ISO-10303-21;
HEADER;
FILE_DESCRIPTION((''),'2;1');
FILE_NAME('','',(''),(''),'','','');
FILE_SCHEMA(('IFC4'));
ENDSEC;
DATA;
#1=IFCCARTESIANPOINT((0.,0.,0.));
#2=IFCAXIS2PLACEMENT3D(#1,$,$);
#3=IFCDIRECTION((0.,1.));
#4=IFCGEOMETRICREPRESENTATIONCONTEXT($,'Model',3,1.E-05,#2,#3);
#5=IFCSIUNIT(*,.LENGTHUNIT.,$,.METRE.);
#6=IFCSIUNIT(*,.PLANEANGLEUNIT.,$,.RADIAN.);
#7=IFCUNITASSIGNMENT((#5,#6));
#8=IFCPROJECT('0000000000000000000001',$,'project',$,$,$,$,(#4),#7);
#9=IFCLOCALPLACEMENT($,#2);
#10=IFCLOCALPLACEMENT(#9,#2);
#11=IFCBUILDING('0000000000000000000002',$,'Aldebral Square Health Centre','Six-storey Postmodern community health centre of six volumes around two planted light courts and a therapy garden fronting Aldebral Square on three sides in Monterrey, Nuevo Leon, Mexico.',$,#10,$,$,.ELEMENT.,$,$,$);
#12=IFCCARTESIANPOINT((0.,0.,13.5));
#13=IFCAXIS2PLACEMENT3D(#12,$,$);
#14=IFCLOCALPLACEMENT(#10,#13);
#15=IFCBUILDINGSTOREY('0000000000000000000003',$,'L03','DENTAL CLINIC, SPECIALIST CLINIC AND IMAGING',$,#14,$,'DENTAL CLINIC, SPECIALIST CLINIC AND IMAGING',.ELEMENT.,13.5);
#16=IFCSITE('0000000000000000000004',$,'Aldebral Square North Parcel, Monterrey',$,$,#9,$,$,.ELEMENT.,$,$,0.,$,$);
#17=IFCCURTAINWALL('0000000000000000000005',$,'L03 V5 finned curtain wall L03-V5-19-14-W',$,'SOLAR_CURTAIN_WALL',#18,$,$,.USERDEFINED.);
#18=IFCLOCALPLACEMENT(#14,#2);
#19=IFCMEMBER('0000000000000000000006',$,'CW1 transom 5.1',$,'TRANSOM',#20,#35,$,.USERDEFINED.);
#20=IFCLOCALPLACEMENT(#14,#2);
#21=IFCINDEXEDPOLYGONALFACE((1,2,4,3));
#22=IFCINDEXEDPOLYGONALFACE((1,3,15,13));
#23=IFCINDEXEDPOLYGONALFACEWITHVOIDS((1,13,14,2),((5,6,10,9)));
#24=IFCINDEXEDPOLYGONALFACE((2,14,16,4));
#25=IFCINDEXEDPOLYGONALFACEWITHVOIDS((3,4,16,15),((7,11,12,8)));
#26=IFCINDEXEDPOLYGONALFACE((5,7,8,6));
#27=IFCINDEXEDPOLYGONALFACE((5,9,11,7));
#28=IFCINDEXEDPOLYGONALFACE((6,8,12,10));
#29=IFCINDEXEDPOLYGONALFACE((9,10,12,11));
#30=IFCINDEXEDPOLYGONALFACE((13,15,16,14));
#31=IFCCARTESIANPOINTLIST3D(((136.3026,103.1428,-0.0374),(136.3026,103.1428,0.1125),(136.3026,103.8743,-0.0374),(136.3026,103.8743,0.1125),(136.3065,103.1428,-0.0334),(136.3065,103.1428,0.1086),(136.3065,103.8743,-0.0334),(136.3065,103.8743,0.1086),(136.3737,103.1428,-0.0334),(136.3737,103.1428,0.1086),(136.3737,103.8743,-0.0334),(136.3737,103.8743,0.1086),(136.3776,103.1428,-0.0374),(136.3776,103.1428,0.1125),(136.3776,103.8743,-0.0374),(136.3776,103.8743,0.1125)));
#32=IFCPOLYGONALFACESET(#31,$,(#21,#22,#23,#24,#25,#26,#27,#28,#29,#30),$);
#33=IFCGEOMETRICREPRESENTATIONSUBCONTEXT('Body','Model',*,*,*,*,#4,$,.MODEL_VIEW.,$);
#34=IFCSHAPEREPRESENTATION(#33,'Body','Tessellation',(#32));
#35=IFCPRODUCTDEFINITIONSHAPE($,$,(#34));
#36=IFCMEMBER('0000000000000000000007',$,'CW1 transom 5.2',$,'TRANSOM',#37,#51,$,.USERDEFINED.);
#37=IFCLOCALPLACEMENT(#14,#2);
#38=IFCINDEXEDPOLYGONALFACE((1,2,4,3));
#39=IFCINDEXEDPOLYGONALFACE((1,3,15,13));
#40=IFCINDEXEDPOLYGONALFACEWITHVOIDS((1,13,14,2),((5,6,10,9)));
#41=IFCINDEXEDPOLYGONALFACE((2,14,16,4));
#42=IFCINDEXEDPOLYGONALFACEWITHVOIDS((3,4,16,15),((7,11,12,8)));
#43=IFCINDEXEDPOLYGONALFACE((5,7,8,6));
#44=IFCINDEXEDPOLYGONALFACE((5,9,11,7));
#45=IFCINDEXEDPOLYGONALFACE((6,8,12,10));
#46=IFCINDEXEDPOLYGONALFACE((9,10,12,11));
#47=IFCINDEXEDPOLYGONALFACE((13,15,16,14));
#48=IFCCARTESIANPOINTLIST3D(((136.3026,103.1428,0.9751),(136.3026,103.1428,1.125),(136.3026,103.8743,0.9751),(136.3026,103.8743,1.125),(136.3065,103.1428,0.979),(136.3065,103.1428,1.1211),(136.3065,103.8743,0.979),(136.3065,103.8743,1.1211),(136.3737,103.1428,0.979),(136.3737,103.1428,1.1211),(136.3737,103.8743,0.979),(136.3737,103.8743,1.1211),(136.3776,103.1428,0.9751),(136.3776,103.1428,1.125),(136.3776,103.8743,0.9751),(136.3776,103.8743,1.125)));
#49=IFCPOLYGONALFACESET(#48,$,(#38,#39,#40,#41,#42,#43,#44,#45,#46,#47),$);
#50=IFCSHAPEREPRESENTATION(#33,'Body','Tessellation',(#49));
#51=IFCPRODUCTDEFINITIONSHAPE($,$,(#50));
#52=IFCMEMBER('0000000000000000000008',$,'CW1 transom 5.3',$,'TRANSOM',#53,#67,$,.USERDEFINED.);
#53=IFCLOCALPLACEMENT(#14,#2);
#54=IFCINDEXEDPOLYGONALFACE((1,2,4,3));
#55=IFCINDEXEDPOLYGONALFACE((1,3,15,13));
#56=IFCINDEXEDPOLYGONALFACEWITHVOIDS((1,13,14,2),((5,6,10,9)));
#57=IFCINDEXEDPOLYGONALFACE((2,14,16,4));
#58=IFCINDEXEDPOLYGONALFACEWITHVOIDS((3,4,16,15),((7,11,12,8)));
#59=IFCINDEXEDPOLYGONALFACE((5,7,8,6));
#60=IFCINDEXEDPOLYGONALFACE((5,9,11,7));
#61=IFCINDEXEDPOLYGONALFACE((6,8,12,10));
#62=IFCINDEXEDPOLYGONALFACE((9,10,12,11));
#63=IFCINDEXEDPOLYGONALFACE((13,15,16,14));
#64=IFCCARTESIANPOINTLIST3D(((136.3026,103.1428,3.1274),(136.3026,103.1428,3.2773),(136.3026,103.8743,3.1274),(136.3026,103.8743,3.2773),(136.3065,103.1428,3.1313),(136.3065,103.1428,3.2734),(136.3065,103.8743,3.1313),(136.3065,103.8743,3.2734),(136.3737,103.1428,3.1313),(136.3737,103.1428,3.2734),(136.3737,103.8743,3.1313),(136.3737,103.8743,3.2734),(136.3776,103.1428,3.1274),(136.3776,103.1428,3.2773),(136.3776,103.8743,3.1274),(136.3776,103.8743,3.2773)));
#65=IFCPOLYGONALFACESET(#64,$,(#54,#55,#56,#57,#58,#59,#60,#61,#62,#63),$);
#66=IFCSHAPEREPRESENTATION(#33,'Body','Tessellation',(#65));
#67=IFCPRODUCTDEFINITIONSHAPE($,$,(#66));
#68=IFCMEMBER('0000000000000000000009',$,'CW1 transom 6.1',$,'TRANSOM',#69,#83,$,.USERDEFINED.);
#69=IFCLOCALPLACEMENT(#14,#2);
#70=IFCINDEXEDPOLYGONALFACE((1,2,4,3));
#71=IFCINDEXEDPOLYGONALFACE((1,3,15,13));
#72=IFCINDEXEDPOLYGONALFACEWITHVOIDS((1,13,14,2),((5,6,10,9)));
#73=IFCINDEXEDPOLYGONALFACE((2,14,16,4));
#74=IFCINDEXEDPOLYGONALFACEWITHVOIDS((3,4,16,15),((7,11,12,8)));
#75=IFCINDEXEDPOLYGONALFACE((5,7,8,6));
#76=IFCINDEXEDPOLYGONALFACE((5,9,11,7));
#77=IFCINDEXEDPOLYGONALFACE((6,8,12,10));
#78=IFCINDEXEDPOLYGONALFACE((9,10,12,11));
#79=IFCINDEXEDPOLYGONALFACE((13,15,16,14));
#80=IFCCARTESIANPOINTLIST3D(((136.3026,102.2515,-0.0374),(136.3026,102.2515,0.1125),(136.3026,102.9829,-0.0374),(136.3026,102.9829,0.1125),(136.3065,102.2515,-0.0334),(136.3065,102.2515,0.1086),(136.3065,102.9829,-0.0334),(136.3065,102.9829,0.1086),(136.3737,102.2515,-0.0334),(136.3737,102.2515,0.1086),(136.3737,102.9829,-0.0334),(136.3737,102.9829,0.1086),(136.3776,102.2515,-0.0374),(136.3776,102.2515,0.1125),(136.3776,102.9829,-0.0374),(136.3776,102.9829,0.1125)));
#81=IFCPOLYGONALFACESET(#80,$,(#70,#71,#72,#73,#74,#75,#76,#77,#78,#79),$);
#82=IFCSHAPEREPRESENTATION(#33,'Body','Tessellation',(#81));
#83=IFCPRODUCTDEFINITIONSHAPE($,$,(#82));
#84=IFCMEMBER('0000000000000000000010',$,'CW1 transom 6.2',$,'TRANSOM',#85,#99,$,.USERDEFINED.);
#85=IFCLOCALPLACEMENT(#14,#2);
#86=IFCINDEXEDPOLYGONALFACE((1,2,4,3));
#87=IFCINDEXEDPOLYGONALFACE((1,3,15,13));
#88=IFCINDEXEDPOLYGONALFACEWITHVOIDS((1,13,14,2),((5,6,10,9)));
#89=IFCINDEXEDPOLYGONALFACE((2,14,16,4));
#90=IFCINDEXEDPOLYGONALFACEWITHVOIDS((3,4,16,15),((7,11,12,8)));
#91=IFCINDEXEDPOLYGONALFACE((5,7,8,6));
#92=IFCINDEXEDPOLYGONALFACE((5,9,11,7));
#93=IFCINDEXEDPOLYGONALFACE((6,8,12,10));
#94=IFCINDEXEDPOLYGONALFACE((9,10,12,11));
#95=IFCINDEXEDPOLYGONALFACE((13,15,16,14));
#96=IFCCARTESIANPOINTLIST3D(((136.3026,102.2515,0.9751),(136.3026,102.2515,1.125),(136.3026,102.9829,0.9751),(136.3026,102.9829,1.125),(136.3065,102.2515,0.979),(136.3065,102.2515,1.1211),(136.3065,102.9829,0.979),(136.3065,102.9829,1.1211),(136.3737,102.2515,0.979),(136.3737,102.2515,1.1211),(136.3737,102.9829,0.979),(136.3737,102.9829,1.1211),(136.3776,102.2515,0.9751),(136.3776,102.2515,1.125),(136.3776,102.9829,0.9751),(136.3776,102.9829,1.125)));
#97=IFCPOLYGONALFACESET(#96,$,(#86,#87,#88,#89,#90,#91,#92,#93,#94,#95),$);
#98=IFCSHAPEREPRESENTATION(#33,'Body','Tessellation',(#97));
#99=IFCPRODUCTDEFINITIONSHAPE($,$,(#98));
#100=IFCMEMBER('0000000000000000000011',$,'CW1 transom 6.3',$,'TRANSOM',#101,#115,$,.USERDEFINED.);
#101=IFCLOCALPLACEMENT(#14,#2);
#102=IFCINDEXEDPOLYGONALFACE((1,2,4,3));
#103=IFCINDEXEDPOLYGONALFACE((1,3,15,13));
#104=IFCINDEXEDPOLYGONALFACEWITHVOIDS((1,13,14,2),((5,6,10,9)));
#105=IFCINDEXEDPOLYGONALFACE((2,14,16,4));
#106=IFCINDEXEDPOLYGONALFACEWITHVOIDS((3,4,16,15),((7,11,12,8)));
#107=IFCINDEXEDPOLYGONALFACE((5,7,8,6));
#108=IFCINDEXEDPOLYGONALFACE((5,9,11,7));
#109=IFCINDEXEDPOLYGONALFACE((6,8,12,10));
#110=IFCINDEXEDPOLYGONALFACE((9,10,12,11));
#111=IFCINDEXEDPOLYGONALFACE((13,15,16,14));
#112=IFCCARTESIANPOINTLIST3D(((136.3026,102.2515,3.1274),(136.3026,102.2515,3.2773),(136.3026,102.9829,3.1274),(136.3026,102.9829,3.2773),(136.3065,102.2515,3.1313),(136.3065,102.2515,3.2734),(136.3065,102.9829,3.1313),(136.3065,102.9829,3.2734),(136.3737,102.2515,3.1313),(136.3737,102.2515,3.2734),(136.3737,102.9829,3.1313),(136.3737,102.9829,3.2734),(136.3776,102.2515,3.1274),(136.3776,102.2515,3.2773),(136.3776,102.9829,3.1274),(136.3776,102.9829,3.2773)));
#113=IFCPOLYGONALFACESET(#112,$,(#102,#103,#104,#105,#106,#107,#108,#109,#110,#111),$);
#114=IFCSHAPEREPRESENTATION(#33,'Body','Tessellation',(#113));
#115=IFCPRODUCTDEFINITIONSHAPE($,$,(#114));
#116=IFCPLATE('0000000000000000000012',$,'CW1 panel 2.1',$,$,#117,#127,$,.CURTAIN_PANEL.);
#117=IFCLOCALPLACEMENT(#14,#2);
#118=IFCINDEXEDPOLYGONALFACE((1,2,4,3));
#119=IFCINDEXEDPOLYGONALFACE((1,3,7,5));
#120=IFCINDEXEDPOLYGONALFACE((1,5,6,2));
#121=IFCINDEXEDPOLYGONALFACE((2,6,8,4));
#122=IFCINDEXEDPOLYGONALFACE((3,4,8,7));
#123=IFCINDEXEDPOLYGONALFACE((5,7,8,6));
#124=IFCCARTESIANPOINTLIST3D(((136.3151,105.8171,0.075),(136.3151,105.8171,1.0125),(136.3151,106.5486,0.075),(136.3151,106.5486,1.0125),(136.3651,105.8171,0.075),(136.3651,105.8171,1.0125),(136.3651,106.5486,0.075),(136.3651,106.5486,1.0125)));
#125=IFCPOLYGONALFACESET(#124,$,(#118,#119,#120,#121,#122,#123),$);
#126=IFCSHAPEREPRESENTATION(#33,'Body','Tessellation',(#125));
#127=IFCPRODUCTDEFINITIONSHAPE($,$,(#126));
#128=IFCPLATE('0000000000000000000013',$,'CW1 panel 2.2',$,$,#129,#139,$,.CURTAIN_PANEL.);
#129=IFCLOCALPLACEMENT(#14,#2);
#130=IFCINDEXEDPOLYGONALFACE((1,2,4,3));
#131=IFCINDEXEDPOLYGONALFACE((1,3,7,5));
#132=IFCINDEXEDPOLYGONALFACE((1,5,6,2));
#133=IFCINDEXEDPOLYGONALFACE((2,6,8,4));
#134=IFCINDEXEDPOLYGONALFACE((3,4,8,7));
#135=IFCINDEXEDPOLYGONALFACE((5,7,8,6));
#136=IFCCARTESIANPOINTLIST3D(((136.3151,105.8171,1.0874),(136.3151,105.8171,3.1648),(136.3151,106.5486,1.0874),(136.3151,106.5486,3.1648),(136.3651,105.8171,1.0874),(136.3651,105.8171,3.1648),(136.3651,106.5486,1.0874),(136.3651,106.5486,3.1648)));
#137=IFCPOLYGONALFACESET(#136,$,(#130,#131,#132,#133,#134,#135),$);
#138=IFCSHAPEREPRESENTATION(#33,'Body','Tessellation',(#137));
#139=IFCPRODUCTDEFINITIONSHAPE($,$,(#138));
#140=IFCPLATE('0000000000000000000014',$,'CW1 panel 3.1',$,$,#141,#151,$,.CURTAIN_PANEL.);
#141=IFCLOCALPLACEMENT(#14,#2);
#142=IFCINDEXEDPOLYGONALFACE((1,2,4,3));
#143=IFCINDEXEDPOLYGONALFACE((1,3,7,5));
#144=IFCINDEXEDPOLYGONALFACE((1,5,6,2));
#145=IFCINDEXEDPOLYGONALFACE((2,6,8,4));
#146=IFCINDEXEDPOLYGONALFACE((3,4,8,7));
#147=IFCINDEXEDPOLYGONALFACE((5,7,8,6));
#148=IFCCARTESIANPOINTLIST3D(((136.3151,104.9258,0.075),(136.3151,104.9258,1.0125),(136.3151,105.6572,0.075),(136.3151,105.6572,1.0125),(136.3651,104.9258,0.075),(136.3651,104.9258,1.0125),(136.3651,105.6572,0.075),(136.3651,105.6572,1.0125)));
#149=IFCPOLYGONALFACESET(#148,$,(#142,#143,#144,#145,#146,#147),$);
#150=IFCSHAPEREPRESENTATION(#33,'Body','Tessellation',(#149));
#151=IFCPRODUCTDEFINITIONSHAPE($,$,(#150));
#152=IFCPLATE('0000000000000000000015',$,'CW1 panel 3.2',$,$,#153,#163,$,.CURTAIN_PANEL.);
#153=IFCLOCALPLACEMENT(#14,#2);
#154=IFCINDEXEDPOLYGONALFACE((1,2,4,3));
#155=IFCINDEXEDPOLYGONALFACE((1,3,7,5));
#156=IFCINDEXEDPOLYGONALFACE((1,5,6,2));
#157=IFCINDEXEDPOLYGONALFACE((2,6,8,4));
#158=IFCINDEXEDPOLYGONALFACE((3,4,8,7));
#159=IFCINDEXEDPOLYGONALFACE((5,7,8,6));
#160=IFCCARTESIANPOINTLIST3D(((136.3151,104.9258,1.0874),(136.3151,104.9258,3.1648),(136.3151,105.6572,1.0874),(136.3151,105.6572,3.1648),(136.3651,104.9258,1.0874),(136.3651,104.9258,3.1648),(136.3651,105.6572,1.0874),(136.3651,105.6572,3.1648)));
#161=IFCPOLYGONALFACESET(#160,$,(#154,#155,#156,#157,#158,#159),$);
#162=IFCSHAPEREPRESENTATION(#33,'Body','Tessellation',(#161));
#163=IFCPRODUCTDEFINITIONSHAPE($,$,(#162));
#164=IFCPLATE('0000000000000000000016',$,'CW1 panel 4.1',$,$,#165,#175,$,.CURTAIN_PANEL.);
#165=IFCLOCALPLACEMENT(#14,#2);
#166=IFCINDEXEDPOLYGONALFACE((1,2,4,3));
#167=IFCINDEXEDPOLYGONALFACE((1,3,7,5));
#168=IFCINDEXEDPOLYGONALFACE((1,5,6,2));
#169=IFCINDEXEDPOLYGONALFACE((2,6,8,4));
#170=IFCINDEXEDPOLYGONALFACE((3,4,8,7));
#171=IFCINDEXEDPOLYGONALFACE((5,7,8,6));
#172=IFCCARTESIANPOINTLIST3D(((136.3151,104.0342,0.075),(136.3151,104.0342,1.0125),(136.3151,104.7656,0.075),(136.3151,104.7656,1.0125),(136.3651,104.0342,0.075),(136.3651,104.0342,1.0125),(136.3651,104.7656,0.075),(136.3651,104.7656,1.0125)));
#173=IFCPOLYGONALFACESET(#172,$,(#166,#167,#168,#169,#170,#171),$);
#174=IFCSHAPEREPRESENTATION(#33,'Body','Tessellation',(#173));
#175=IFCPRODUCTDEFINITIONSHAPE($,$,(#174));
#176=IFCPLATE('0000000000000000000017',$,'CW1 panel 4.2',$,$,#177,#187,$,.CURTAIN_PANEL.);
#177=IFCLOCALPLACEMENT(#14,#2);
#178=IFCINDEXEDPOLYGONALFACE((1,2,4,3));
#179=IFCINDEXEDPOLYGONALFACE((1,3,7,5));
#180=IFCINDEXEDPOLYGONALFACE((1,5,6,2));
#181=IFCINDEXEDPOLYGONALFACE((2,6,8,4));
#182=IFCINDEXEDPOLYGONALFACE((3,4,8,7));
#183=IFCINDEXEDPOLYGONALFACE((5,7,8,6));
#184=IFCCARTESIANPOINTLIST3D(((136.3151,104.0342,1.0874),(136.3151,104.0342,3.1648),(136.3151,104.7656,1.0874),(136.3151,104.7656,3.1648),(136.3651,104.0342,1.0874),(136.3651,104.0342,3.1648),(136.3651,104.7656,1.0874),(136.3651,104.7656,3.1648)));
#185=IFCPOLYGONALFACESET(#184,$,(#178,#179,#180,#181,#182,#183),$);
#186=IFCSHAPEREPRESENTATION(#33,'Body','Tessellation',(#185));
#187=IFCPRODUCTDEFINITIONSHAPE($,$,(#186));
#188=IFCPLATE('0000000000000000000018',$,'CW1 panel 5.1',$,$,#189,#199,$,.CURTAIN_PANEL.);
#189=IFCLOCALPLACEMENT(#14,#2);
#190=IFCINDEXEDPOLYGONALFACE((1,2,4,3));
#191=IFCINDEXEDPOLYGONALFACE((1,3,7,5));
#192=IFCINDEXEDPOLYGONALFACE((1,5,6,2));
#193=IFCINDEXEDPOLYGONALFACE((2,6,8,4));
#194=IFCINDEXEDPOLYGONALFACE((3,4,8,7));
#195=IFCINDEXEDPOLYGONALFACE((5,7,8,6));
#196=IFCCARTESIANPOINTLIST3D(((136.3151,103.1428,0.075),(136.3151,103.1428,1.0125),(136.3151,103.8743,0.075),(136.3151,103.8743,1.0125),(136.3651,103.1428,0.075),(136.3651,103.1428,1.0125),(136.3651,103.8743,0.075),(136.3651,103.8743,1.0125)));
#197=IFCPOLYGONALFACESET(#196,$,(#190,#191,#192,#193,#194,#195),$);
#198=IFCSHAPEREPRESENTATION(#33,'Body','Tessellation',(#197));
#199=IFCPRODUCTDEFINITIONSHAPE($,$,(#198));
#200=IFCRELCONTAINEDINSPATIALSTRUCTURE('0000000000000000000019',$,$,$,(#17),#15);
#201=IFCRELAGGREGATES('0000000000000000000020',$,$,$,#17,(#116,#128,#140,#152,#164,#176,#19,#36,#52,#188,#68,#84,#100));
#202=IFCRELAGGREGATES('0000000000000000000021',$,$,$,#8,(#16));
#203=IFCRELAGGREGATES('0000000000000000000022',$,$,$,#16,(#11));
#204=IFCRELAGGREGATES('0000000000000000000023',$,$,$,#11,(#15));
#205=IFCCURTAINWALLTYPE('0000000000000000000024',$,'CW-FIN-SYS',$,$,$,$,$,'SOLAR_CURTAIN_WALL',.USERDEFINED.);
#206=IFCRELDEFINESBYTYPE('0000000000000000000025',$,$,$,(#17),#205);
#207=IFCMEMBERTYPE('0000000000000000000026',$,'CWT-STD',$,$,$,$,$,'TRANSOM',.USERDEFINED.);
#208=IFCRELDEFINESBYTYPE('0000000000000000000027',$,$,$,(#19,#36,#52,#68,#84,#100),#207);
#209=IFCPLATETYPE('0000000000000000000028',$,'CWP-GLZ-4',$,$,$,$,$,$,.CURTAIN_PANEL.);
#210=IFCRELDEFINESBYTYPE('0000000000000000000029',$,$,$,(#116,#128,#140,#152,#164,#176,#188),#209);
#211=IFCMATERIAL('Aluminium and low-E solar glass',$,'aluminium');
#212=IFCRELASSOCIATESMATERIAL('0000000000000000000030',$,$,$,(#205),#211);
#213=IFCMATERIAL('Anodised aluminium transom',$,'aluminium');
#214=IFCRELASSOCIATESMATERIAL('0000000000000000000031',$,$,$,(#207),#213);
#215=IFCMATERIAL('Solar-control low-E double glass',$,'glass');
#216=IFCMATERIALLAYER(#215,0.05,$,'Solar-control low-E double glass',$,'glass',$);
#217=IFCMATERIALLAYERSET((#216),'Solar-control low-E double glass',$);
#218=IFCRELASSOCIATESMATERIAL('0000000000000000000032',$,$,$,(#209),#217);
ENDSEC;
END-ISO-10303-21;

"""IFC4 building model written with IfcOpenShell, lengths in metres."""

from ifc_helpers import new_model, si_unit, direction, frame, origin, origin_2d, place, context, subcontext, project, spatial, rectangle, hollow_rectangle, extrude, material, layer, layer_set, material_profile, profile_set, type_object, element, aggregate, save


model = new_model("IFC4")

# Units and contexts
model_context = context("Model", 3, precision=1e-05, world=origin(), true_north=direction((0.0, 1.0)))
body_context = subcontext(model_context, "Body", "Model", "MODEL_VIEW")
ifc_project = project(units=[si_unit("LENGTHUNIT", "METRE"), si_unit("PLANEANGLEUNIT", "RADIAN")], contexts=[model_context])

# Site, building, storey
site_placement = place(None, origin())
site = spatial("IfcSite", under=ifc_project, at=site_placement, Name="Aldebral Square North Parcel, Monterrey", CompositionType="ELEMENT", RefElevation=0.0)
building_placement = place(site_placement, origin())
building = spatial("IfcBuilding", under=site, at=building_placement, Name="Aldebral Square Health Centre", Description="Six-storey Postmodern community health centre of six volumes around two planted light courts and a therapy garden fronting Aldebral Square on three sides in Monterrey, Nuevo Leon, Mexico.", CompositionType="ELEMENT")
storey_placement = place(building_placement, frame((0.0, 0.0, 13.5)))
storey = spatial("IfcBuildingStorey", under=building, at=storey_placement, Name="L03", Description="DENTAL CLINIC, SPECIALIST CLINIC AND IMAGING", LongName="DENTAL CLINIC, SPECIALIST CLINIC AND IMAGING", CompositionType="ELEMENT", Elevation=13.5)

# Curtain wall, members, plates
ifc_material_1 = material(Name="Aluminium and low-E solar glass", Category="aluminium")
curtain_wall_type = type_object("IfcCurtainWallType", Name="CW-FIN-SYS", ElementType="SOLAR_CURTAIN_WALL", PredefinedType="USERDEFINED", material=ifc_material_1)
curtain_wall_placement = place(storey_placement, origin())
curtain_wall = element("IfcCurtainWall", 1, at=curtain_wall_placement, inside=storey, type_object=curtain_wall_type, Name="L03 V5 finned curtain wall L03-V5-19-14-W", ObjectType="SOLAR_CURTAIN_WALL", PredefinedType="USERDEFINED")
ifc_material_2 = material(Name="Anodised aluminium transom", Category="aluminium")
ifc_material_profile_1 = material_profile(ifc_material_2, hollow_rectangle(XDim=0.075, YDim=0.1499, WallThickness=0.0039, at=origin_2d()), Name="CWT 75x150x4")
ifc_profile_set_1 = profile_set([ifc_material_profile_1], Name="Anodised aluminium transom")
member_type_1 = type_object("IfcMemberType", Name="CWT-STD", ElementType="TRANSOM", PredefinedType="USERDEFINED", material=ifc_profile_set_1)
member_1_placement = place(storey_placement, frame((136.3401, 103.8743, 0.0376), z_axis=(0.0, -1.0, 0.0), x_axis=(1.0, 0.0, 0.0)))
member_1 = element("IfcMember", 2, at=member_1_placement, type_object=member_type_1, Name="CW1 transom 5.1", ObjectType="TRANSOM", PredefinedType="USERDEFINED", context=body_context, shape_type="SweptSolid", body=[
    extrude(hollow_rectangle(XDim=0.075, YDim=0.1499, WallThickness=0.0039, at=origin_2d()), origin(), (0.0, 0.0, 1.0), 0.7314),
])
member_2_placement = place(storey_placement, frame((136.3401, 103.8743, 1.05), z_axis=(0.0, -1.0, 0.0), x_axis=(1.0, 0.0, 0.0)))
member_2 = element("IfcMember", 3, at=member_2_placement, type_object=member_type_1, Name="CW1 transom 5.2", ObjectType="TRANSOM", PredefinedType="USERDEFINED", context=body_context, shape_type="SweptSolid", body=[
    extrude(hollow_rectangle(XDim=0.075, YDim=0.1499, WallThickness=0.0039, at=origin_2d()), origin(), (0.0, 0.0, 1.0), 0.7314),
])
member_3_placement = place(storey_placement, frame((136.3401, 103.8743, 3.2024), z_axis=(0.0, -1.0, 0.0), x_axis=(1.0, 0.0, 0.0)))
member_3 = element("IfcMember", 4, at=member_3_placement, type_object=member_type_1, Name="CW1 transom 5.3", ObjectType="TRANSOM", PredefinedType="USERDEFINED", context=body_context, shape_type="SweptSolid", body=[
    extrude(hollow_rectangle(XDim=0.075, YDim=0.1499, WallThickness=0.0039, at=origin_2d()), origin(), (0.0, 0.0, 1.0), 0.7314),
])
member_4_placement = place(storey_placement, frame((136.3401, 102.9829, 0.0376), z_axis=(0.0, -1.0, 0.0), x_axis=(1.0, 0.0, 0.0)))
member_4 = element("IfcMember", 5, at=member_4_placement, type_object=member_type_1, Name="CW1 transom 6.1", ObjectType="TRANSOM", PredefinedType="USERDEFINED", context=body_context, shape_type="SweptSolid", body=[
    extrude(hollow_rectangle(XDim=0.075, YDim=0.1499, WallThickness=0.0039, at=origin_2d()), origin(), (0.0, 0.0, 1.0), 0.7314),
])
member_5_placement = place(storey_placement, frame((136.3401, 102.9829, 1.05), z_axis=(0.0, -1.0, 0.0), x_axis=(1.0, 0.0, 0.0)))
member_5 = element("IfcMember", 6, at=member_5_placement, type_object=member_type_1, Name="CW1 transom 6.2", ObjectType="TRANSOM", PredefinedType="USERDEFINED", context=body_context, shape_type="SweptSolid", body=[
    extrude(hollow_rectangle(XDim=0.075, YDim=0.1499, WallThickness=0.0039, at=origin_2d()), origin(), (0.0, 0.0, 1.0), 0.7314),
])
member_6_placement = place(storey_placement, frame((136.3401, 102.9829, 3.2024), z_axis=(0.0, -1.0, 0.0), x_axis=(1.0, 0.0, 0.0)))
member_6 = element("IfcMember", 7, at=member_6_placement, type_object=member_type_1, Name="CW1 transom 6.3", ObjectType="TRANSOM", PredefinedType="USERDEFINED", context=body_context, shape_type="SweptSolid", body=[
    extrude(hollow_rectangle(XDim=0.075, YDim=0.1499, WallThickness=0.0039, at=origin_2d()), origin(), (0.0, 0.0, 1.0), 0.7314),
])
ifc_material_3 = material(Name="Solar-control low-E double glass", Category="glass")
ifc_layer = layer(ifc_material_3, 0.05, Name="Solar-control low-E double glass", Category="glass")
ifc_layer_set = layer_set([ifc_layer], Name="Solar-control low-E double glass")
plate_type = type_object("IfcPlateType", Name="CWP-GLZ-4", PredefinedType="CURTAIN_PANEL", material=ifc_layer_set)
plate_1_placement = place(storey_placement, frame((136.3401, 106.1829, 0.075), z_axis=(0.0, 0.0, 1.0), x_axis=(0.0, -1.0, 0.0)))
plate_1 = element("IfcPlate", 8, at=plate_1_placement, type_object=plate_type, Name="CW1 panel 2.1", PredefinedType="CURTAIN_PANEL", context=body_context, shape_type="SweptSolid", body=[
    extrude(rectangle(XDim=0.7314, YDim=0.05, at=origin_2d()), origin(), (0.0, 0.0, 1.0), 0.9375),
])
plate_2_placement = place(storey_placement, frame((136.3401, 106.1829, 1.0874), z_axis=(0.0, 0.0, 1.0), x_axis=(0.0, -1.0, 0.0)))
plate_2 = element("IfcPlate", 9, at=plate_2_placement, type_object=plate_type, Name="CW1 panel 2.2", PredefinedType="CURTAIN_PANEL", context=body_context, shape_type="SweptSolid", body=[
    extrude(rectangle(XDim=0.7314, YDim=0.05, at=origin_2d()), origin(), (0.0, 0.0, 1.0), 2.0774),
])
plate_3_placement = place(storey_placement, frame((136.3401, 105.2915, 0.075), z_axis=(0.0, 0.0, 1.0), x_axis=(0.0, -1.0, 0.0)))
plate_3 = element("IfcPlate", 10, at=plate_3_placement, type_object=plate_type, Name="CW1 panel 3.1", PredefinedType="CURTAIN_PANEL", context=body_context, shape_type="SweptSolid", body=[
    extrude(rectangle(XDim=0.7314, YDim=0.05, at=origin_2d()), origin(), (0.0, 0.0, 1.0), 0.9375),
])
plate_4_placement = place(storey_placement, frame((136.3401, 105.2915, 1.0874), z_axis=(0.0, 0.0, 1.0), x_axis=(0.0, -1.0, 0.0)))
plate_4 = element("IfcPlate", 11, at=plate_4_placement, type_object=plate_type, Name="CW1 panel 3.2", PredefinedType="CURTAIN_PANEL", context=body_context, shape_type="SweptSolid", body=[
    extrude(rectangle(XDim=0.7314, YDim=0.05, at=origin_2d()), origin(), (0.0, 0.0, 1.0), 2.0774),
])
plate_5_placement = place(storey_placement, frame((136.3401, 104.3999, 0.075), z_axis=(0.0, 0.0, 1.0), x_axis=(0.0, -1.0, 0.0)))
plate_5 = element("IfcPlate", 12, at=plate_5_placement, type_object=plate_type, Name="CW1 panel 4.1", PredefinedType="CURTAIN_PANEL", context=body_context, shape_type="SweptSolid", body=[
    extrude(rectangle(XDim=0.7314, YDim=0.05, at=origin_2d()), origin(), (0.0, 0.0, 1.0), 0.9375),
])
plate_6_placement = place(storey_placement, frame((136.3401, 104.3999, 1.0874), z_axis=(0.0, 0.0, 1.0), x_axis=(0.0, -1.0, 0.0)))
plate_6 = element("IfcPlate", 13, at=plate_6_placement, type_object=plate_type, Name="CW1 panel 4.2", PredefinedType="CURTAIN_PANEL", context=body_context, shape_type="SweptSolid", body=[
    extrude(rectangle(XDim=0.7314, YDim=0.05, at=origin_2d()), origin(), (0.0, 0.0, 1.0), 2.0774),
])
plate_7_placement = place(storey_placement, frame((136.3401, 103.5085, 0.075), z_axis=(0.0, 0.0, 1.0), x_axis=(0.0, -1.0, 0.0)))
plate_7 = element("IfcPlate", 14, at=plate_7_placement, type_object=plate_type, Name="CW1 panel 5.1", PredefinedType="CURTAIN_PANEL", context=body_context, shape_type="SweptSolid", body=[
    extrude(rectangle(XDim=0.7314, YDim=0.05, at=origin_2d()), origin(), (0.0, 0.0, 1.0), 0.9375),
])
aggregate(curtain_wall, [plate_1, plate_2, plate_3, plate_4, plate_5, plate_6, member_1, member_2, member_3, plate_7, member_4, member_5, member_6])

save(model, "model.ifc")
